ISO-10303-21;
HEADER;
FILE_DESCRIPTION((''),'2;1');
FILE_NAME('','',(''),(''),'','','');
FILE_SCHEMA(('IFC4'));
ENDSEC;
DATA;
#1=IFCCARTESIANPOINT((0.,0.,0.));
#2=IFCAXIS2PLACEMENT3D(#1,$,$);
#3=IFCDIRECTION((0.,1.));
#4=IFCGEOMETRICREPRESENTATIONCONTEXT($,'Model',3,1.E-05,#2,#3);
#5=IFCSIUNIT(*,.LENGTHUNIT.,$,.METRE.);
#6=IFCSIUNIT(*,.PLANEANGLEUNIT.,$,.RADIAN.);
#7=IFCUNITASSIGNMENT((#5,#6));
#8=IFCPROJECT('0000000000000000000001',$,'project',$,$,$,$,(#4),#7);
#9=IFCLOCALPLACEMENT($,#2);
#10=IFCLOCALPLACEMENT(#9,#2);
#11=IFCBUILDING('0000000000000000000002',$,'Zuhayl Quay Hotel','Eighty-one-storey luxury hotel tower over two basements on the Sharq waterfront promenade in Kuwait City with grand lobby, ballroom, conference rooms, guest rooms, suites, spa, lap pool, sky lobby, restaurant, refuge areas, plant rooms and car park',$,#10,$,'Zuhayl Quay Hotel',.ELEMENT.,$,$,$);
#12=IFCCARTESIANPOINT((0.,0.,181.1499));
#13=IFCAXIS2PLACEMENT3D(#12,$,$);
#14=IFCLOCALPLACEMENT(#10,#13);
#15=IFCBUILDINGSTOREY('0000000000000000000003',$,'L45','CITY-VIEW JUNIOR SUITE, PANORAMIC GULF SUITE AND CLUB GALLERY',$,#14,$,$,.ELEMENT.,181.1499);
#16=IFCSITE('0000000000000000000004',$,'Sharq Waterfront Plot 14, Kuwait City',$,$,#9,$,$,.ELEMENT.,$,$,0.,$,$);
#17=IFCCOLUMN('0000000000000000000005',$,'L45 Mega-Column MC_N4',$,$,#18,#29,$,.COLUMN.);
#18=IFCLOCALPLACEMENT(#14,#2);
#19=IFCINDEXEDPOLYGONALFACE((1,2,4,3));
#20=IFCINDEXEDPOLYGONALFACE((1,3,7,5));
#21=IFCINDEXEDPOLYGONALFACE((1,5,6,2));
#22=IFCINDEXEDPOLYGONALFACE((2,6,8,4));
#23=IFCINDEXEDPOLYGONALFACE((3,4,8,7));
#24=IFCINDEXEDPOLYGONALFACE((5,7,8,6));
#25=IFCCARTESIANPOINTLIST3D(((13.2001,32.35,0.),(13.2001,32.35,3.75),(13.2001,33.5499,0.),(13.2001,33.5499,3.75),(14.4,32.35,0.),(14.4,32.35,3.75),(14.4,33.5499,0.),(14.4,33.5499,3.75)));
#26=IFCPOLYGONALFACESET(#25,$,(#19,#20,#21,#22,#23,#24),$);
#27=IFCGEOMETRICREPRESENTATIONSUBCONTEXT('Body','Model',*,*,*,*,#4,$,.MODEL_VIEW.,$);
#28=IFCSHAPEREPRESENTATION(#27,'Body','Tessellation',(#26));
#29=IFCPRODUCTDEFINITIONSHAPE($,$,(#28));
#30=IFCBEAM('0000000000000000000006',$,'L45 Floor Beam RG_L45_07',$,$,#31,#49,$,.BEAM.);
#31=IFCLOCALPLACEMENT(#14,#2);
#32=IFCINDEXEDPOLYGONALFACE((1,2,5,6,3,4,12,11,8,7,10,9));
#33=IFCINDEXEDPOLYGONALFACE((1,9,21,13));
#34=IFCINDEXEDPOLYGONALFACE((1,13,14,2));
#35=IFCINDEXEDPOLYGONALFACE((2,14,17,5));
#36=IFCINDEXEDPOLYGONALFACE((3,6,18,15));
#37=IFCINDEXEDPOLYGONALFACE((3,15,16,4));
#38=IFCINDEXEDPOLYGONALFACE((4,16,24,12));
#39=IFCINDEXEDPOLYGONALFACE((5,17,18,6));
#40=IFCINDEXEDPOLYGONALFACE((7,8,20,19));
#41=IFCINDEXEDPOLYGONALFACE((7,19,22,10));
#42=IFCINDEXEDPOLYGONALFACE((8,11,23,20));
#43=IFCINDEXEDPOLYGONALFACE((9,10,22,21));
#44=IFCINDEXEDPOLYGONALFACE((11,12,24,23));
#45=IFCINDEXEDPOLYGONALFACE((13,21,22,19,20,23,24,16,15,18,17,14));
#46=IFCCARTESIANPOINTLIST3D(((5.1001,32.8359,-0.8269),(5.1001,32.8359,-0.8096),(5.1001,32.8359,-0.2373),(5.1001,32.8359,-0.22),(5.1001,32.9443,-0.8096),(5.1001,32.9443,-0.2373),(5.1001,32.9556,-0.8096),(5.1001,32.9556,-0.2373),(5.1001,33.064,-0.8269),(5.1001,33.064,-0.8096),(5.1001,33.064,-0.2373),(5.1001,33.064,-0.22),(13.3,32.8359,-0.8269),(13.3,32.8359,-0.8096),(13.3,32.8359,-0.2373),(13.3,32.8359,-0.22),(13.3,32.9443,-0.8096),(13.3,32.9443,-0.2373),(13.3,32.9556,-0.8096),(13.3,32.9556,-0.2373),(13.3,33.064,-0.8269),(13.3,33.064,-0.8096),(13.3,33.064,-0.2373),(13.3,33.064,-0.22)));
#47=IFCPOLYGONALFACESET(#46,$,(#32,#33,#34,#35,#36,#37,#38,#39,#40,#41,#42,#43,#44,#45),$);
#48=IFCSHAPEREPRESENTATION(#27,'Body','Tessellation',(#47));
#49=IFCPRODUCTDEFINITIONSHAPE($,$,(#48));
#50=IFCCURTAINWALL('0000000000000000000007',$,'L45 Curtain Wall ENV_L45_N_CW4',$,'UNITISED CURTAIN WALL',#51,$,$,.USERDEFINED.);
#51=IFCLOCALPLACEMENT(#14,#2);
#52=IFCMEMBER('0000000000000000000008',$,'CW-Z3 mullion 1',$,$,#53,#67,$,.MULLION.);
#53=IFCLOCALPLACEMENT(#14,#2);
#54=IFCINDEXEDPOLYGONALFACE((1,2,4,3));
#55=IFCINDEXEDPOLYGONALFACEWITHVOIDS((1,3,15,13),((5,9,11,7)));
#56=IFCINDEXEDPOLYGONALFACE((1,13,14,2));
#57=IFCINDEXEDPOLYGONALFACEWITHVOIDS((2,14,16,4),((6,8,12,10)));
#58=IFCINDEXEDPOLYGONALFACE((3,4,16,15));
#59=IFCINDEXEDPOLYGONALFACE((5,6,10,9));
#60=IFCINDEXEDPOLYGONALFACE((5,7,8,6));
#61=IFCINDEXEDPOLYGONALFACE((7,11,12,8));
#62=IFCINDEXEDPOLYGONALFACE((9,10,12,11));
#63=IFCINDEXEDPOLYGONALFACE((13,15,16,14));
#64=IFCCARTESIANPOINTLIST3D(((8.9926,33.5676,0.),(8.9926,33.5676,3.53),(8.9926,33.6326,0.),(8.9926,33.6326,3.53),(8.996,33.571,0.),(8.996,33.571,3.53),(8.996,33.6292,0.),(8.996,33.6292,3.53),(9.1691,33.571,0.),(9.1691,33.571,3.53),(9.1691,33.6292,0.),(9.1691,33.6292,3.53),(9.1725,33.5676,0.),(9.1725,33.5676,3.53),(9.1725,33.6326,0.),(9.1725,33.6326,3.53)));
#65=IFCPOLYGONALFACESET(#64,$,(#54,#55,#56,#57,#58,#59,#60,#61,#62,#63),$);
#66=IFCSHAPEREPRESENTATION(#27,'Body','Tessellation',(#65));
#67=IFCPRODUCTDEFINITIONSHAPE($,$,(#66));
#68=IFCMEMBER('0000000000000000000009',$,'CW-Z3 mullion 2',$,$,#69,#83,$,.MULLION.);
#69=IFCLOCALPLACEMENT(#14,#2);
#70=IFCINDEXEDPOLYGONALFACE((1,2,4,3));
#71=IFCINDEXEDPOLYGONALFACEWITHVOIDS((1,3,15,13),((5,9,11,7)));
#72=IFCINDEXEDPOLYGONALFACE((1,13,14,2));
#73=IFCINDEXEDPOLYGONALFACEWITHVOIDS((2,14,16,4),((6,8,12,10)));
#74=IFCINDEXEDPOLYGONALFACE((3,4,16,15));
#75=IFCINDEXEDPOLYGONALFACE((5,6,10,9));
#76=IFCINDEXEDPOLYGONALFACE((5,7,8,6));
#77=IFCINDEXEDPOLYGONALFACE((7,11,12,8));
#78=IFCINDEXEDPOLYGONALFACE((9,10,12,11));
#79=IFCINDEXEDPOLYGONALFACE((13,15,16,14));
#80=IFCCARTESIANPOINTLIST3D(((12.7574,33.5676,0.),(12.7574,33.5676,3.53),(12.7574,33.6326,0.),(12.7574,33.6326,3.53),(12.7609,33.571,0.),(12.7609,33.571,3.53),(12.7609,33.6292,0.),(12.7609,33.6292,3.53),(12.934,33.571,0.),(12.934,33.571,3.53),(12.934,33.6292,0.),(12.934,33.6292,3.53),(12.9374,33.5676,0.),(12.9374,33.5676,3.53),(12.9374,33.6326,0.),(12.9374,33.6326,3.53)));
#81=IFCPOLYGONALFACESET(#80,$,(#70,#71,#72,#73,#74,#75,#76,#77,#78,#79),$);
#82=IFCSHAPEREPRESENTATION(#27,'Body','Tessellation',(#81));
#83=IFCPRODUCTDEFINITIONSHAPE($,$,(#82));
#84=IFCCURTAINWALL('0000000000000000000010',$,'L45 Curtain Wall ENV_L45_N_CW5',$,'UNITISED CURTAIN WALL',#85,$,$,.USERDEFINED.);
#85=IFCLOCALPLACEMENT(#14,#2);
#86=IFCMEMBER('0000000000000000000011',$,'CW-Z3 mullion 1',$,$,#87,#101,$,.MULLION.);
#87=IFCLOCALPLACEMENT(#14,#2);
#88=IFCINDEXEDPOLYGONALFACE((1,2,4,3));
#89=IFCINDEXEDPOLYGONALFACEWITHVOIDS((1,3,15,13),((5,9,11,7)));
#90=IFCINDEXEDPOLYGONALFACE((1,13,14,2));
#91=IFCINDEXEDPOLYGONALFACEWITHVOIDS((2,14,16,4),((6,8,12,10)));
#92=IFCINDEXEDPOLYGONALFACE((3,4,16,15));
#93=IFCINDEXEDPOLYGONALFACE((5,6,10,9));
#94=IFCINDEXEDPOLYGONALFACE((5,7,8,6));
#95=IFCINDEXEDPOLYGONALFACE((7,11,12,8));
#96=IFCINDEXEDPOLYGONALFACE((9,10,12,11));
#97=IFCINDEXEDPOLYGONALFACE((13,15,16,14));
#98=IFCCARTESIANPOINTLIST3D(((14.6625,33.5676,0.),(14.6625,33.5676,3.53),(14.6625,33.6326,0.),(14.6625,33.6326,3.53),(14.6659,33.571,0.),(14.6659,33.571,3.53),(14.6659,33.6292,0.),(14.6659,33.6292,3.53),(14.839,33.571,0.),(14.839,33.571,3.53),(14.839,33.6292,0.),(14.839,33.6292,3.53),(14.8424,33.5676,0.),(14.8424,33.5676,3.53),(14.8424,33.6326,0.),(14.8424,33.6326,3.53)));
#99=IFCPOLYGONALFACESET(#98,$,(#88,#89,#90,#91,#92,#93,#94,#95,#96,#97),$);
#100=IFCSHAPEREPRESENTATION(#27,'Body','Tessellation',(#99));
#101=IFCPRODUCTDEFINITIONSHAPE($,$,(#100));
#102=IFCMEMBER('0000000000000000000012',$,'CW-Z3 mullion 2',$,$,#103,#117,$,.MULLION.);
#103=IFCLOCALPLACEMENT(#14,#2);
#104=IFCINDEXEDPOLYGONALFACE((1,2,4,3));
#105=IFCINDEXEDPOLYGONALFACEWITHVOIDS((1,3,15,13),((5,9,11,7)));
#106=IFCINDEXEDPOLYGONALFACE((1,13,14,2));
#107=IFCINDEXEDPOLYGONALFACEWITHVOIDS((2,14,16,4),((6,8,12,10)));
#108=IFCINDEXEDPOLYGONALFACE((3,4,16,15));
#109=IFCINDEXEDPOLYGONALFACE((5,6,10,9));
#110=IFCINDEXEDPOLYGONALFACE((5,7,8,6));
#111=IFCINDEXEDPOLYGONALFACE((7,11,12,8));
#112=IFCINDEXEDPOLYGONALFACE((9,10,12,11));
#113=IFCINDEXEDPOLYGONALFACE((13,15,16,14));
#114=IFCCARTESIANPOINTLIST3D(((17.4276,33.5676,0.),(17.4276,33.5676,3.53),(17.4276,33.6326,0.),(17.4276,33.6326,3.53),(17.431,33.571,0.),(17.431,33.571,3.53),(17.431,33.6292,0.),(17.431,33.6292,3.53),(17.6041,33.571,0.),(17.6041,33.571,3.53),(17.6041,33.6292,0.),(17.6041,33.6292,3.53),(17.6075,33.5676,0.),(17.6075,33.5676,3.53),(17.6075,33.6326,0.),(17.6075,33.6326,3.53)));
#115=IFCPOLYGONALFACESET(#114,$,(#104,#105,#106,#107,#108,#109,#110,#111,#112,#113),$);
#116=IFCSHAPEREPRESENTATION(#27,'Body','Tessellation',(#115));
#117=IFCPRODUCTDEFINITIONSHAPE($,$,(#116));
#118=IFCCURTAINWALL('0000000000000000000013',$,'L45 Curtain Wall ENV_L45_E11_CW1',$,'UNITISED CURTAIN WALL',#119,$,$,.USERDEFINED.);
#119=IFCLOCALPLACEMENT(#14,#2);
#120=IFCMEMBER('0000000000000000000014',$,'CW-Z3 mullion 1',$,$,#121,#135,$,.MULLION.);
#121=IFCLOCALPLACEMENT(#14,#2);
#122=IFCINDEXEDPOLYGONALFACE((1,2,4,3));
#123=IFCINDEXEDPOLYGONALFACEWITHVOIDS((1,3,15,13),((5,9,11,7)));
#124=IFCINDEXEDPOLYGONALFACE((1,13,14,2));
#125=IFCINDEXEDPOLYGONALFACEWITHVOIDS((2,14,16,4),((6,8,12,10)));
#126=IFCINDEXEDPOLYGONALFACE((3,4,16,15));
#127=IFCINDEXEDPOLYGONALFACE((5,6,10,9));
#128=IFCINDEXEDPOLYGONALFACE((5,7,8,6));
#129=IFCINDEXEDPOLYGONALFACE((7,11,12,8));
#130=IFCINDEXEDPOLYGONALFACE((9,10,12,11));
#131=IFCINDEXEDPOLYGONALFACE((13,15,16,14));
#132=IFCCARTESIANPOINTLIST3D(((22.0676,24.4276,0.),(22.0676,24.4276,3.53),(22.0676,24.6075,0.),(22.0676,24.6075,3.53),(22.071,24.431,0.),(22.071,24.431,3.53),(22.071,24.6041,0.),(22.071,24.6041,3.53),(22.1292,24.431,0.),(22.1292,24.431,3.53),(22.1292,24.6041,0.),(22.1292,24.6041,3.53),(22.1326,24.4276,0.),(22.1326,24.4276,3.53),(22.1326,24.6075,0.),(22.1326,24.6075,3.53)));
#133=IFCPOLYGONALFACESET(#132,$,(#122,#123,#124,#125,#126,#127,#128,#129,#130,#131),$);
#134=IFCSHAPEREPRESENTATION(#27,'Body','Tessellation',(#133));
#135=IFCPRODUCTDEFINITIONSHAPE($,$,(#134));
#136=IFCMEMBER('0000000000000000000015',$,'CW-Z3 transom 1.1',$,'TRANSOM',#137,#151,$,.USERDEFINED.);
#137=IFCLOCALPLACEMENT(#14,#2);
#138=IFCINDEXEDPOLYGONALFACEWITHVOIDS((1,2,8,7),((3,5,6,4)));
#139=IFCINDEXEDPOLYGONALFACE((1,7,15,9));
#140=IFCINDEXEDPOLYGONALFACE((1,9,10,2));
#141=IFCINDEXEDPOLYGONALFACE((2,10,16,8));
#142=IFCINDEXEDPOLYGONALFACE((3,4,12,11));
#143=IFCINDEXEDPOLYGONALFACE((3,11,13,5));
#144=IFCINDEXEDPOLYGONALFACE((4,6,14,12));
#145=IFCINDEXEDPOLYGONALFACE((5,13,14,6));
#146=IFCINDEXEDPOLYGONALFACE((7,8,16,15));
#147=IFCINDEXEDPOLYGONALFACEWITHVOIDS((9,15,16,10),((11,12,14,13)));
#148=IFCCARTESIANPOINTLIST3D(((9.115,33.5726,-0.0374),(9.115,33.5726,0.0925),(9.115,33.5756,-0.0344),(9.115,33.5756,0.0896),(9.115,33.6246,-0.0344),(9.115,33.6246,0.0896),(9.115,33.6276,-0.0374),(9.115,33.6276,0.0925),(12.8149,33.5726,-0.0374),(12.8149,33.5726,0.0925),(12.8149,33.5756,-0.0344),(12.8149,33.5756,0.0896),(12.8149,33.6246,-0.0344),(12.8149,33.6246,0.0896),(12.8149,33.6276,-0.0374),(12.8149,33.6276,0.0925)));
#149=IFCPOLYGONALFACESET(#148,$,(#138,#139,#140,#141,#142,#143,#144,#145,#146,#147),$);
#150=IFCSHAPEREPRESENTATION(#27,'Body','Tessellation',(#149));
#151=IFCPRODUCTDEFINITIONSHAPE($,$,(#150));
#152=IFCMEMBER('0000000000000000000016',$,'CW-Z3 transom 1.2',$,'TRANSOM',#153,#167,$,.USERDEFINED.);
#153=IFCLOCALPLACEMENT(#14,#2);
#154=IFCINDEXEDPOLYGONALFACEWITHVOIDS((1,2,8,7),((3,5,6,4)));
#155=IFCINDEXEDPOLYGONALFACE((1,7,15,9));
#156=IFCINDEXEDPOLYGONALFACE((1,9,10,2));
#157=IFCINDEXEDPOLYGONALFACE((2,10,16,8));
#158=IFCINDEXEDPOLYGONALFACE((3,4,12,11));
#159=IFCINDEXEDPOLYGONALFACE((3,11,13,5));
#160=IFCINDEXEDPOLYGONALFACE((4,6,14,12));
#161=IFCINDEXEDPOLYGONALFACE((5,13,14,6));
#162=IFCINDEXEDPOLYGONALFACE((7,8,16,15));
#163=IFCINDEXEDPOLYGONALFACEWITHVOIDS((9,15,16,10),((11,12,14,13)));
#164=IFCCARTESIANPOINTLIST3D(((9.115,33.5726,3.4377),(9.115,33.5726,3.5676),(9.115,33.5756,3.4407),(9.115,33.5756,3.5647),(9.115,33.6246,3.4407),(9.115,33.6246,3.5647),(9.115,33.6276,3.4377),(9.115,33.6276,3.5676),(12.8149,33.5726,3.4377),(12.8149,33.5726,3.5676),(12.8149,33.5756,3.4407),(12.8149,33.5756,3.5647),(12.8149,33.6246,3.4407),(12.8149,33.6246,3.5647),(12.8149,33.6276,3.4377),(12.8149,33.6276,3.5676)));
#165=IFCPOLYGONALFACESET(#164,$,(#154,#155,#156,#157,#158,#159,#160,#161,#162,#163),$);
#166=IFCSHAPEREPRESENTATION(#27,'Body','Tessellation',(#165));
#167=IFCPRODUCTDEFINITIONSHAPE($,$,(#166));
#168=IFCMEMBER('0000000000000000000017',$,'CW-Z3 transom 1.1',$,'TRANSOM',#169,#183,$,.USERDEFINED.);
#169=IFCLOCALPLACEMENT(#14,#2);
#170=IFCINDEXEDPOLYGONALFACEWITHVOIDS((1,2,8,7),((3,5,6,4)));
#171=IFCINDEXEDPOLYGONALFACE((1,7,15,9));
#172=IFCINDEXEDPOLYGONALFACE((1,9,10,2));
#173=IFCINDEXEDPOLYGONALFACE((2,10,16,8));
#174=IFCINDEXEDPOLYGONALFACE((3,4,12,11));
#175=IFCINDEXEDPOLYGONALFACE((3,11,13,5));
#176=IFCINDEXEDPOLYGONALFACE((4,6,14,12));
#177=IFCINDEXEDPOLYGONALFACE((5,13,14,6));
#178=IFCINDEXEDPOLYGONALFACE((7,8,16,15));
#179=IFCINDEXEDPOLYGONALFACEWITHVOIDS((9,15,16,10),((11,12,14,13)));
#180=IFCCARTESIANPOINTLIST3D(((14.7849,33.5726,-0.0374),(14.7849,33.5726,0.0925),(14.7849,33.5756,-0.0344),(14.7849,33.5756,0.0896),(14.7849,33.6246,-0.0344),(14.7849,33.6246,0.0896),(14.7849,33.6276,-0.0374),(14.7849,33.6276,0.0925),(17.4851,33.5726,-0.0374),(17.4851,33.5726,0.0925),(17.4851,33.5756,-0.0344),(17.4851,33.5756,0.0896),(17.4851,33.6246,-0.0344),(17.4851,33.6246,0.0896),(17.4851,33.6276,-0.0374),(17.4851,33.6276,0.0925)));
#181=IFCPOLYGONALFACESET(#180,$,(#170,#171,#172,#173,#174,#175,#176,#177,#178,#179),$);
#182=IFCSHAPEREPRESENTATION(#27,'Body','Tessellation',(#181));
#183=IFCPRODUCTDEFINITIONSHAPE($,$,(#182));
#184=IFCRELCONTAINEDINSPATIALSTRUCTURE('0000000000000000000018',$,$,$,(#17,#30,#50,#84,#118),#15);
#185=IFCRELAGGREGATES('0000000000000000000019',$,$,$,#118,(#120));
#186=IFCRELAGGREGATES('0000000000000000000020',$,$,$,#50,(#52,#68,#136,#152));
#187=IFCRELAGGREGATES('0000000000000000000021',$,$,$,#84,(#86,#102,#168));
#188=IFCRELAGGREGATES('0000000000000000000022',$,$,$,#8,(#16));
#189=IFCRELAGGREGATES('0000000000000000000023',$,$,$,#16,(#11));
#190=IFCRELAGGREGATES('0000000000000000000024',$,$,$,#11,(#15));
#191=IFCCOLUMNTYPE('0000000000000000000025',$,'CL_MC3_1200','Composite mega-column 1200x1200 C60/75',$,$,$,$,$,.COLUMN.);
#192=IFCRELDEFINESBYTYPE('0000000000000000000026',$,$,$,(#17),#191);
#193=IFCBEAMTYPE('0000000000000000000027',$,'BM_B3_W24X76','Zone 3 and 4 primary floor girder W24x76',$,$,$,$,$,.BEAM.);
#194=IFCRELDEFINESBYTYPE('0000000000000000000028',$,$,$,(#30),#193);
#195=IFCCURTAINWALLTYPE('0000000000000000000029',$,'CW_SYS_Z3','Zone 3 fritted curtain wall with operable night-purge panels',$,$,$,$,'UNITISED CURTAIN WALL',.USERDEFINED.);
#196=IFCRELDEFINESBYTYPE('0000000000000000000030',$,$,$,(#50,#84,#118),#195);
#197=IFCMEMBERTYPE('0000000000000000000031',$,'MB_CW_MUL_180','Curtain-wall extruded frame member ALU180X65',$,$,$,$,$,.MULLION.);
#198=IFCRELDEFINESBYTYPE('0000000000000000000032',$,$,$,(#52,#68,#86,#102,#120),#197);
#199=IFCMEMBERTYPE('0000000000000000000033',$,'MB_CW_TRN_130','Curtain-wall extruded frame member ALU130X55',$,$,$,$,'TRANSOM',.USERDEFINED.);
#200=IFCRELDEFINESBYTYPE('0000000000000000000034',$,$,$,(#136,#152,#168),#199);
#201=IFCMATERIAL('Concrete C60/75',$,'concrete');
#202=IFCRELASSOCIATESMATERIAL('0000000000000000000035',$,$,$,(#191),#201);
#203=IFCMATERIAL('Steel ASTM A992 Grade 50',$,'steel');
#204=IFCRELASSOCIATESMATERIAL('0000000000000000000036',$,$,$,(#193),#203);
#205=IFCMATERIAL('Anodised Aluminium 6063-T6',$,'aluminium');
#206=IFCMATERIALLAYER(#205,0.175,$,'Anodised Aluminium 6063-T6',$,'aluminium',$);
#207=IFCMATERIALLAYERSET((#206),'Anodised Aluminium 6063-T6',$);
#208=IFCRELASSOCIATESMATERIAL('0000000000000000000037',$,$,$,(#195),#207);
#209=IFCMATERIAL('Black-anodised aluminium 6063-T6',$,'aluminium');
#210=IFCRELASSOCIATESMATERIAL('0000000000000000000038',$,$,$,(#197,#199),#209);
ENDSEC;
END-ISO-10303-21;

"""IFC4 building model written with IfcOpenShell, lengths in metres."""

from ifc_helpers import new_model, si_unit, direction, frame, origin, origin_2d, place, context, subcontext, project, spatial, rectangle, hollow_rectangle, i_section, extrude, material, layer, layer_set, material_profile, profile_set, type_object, element, aggregate, save


model = new_model("IFC4")

# Units and contexts
model_context = context("Model", 3, precision=1e-05, world=origin(), true_north=direction((0.0, 1.0)))
body_context = subcontext(model_context, "Body", "Model", "MODEL_VIEW")
ifc_project = project(units=[si_unit("LENGTHUNIT", "METRE"), si_unit("PLANEANGLEUNIT", "RADIAN")], contexts=[model_context])

# Site, building, storey
site_placement = place(None, origin())
site = spatial("IfcSite", under=ifc_project, at=site_placement, Name="Sharq Waterfront Plot 14, Kuwait City", CompositionType="ELEMENT", RefElevation=0.0)
building_placement = place(site_placement, origin())
building = spatial("IfcBuilding", under=site, at=building_placement, Name="Zuhayl Quay Hotel", Description="Eighty-one-storey luxury hotel tower over two basements on the Sharq waterfront promenade in Kuwait City with grand lobby, ballroom, conference rooms, guest rooms, suites, spa, lap pool, sky lobby, restaurant, refuge areas, plant rooms and car park", LongName="Zuhayl Quay Hotel", CompositionType="ELEMENT")
storey_placement = place(building_placement, frame((0.0, 0.0, 181.1499)))
storey = spatial("IfcBuildingStorey", under=building, at=storey_placement, Name="L45", Description="CITY-VIEW JUNIOR SUITE, PANORAMIC GULF SUITE AND CLUB GALLERY", CompositionType="ELEMENT", Elevation=181.1499)

# Column
ifc_material_1 = material(Name="Concrete C60/75", Category="concrete")
ifc_material_profile_1 = material_profile(ifc_material_1, rectangle(XDim=1.2, YDim=1.2, at=origin_2d()), Name="RC1200X1200")
ifc_profile_set_1 = profile_set([ifc_material_profile_1], Name="Concrete C60/75")
column_type = type_object("IfcColumnType", Name="CL_MC3_1200", Description="Composite mega-column 1200x1200 C60/75", PredefinedType="COLUMN", material=ifc_profile_set_1)
column_placement = place(storey_placement, frame((13.8, 32.95, 0.0), z_axis=(0.0, 0.0, 1.0), x_axis=(1.0, 0.0, 0.0)))
element("IfcColumn", 1, at=column_placement, inside=storey, type_object=column_type, Name="L45 Mega-Column MC_N4", PredefinedType="COLUMN", context=body_context, shape_type="SweptSolid", body=[
    extrude(rectangle(XDim=1.2, YDim=1.2, at=origin_2d()), origin(), (0.0, 0.0, 1.0), 3.75),
])

# Beam
ifc_material_2 = material(Name="Steel ASTM A992 Grade 50", Category="steel")
ifc_material_profile_2 = material_profile(ifc_material_2, i_section(OverallWidth=0.228, OverallDepth=0.6069, WebThickness=0.0112, FlangeThickness=0.0173, at=origin_2d()), Name="W24X76")
ifc_profile_set_2 = profile_set([ifc_material_profile_2], Name="Steel ASTM A992 Grade 50")
beam_type = type_object("IfcBeamType", Name="BM_B3_W24X76", Description="Zone 3 and 4 primary floor girder W24x76", PredefinedType="BEAM", material=ifc_profile_set_2)
beam_placement = place(storey_placement, frame((13.3, 32.95, -0.5234), z_axis=(-1.0, 0.0, 0.0), x_axis=(0.0, -1.0, 0.0)))
element("IfcBeam", 2, at=beam_placement, inside=storey, type_object=beam_type, Name="L45 Floor Beam RG_L45_07", PredefinedType="BEAM", context=body_context, shape_type="SweptSolid", body=[
    extrude(i_section(OverallWidth=0.228, OverallDepth=0.6069, WebThickness=0.0112, FlangeThickness=0.0173, at=origin_2d()), origin(), (0.0, 0.0, 1.0), 8.2),
])

# Curtain walls, members
ifc_material_3 = material(Name="Anodised Aluminium 6063-T6", Category="aluminium")
ifc_layer_1 = layer(ifc_material_3, 0.175, Name="Anodised Aluminium 6063-T6", Category="aluminium")
ifc_layer_set_1 = layer_set([ifc_layer_1], Name="Anodised Aluminium 6063-T6")
curtain_wall_type = type_object("IfcCurtainWallType", Name="CW_SYS_Z3", Description="Zone 3 fritted curtain wall with operable night-purge panels", ElementType="UNITISED CURTAIN WALL", PredefinedType="USERDEFINED", material=ifc_layer_set_1)
curtain_wall_1_placement = place(storey_placement, origin())
curtain_wall_1 = element("IfcCurtainWall", 3, at=curtain_wall_1_placement, inside=storey, type_object=curtain_wall_type, Name="L45 Curtain Wall ENV_L45_N_CW4", ObjectType="UNITISED CURTAIN WALL", PredefinedType="USERDEFINED")
ifc_material_4 = material(Name="Black-anodised aluminium 6063-T6", Category="aluminium")
ifc_material_profile_3 = material_profile(ifc_material_4, hollow_rectangle(XDim=0.0649, YDim=0.1799, WallThickness=0.0034, at=origin_2d()), Name="ALU180X65")
ifc_profile_set_3 = profile_set([ifc_material_profile_3], Name="Black-anodised aluminium 6063-T6")
member_type_1 = type_object("IfcMemberType", Name="MB_CW_MUL_180", Description="Curtain-wall extruded frame member ALU180X65", PredefinedType="MULLION", material=ifc_profile_set_3)
member_1_placement = place(storey_placement, frame((9.0825, 33.6001, 0.0), z_axis=(0.0, 0.0, 1.0), x_axis=(0.0, 1.0, 0.0)))
member_1 = element("IfcMember", 4, at=member_1_placement, type_object=member_type_1, Name="CW-Z3 mullion 1", PredefinedType="MULLION", context=body_context, shape_type="SweptSolid", body=[
    extrude(hollow_rectangle(XDim=0.0649, YDim=0.1799, WallThickness=0.0034, at=origin_2d()), origin(), (0.0, 0.0, 1.0), 3.53),
])
member_2_placement = place(storey_placement, frame((12.8474, 33.6001, 0.0), z_axis=(0.0, 0.0, 1.0), x_axis=(0.0, 1.0, 0.0)))
member_2 = element("IfcMember", 5, at=member_2_placement, type_object=member_type_1, Name="CW-Z3 mullion 2", PredefinedType="MULLION", context=body_context, shape_type="SweptSolid", body=[
    extrude(hollow_rectangle(XDim=0.0649, YDim=0.1799, WallThickness=0.0034, at=origin_2d()), origin(), (0.0, 0.0, 1.0), 3.53),
])
curtain_wall_2_placement = place(storey_placement, origin())
curtain_wall_2 = element("IfcCurtainWall", 6, at=curtain_wall_2_placement, inside=storey, type_object=curtain_wall_type, Name="L45 Curtain Wall ENV_L45_N_CW5", ObjectType="UNITISED CURTAIN WALL", PredefinedType="USERDEFINED")
member_3_placement = place(storey_placement, frame((14.7524, 33.6001, 0.0), z_axis=(0.0, 0.0, 1.0), x_axis=(0.0, 1.0, 0.0)))
member_3 = element("IfcMember", 7, at=member_3_placement, type_object=member_type_1, Name="CW-Z3 mullion 1", PredefinedType="MULLION", context=body_context, shape_type="SweptSolid", body=[
    extrude(hollow_rectangle(XDim=0.0649, YDim=0.1799, WallThickness=0.0034, at=origin_2d()), origin(), (0.0, 0.0, 1.0), 3.53),
])
member_4_placement = place(storey_placement, frame((17.5176, 33.6001, 0.0), z_axis=(0.0, 0.0, 1.0), x_axis=(0.0, 1.0, 0.0)))
member_4 = element("IfcMember", 8, at=member_4_placement, type_object=member_type_1, Name="CW-Z3 mullion 2", PredefinedType="MULLION", context=body_context, shape_type="SweptSolid", body=[
    extrude(hollow_rectangle(XDim=0.0649, YDim=0.1799, WallThickness=0.0034, at=origin_2d()), origin(), (0.0, 0.0, 1.0), 3.53),
])

# Curtain wall, member
curtain_wall_3_placement = place(storey_placement, origin())
curtain_wall_3 = element("IfcCurtainWall", 9, at=curtain_wall_3_placement, inside=storey, type_object=curtain_wall_type, Name="L45 Curtain Wall ENV_L45_E11_CW1", ObjectType="UNITISED CURTAIN WALL", PredefinedType="USERDEFINED")
member_5_placement = place(storey_placement, frame((22.1001, 24.5176, 0.0), z_axis=(0.0, 0.0, 1.0), x_axis=(1.0, 0.0, 0.0)))
member_5 = element("IfcMember", 10, at=member_5_placement, type_object=member_type_1, Name="CW-Z3 mullion 1", PredefinedType="MULLION", context=body_context, shape_type="SweptSolid", body=[
    extrude(hollow_rectangle(XDim=0.0649, YDim=0.1799, WallThickness=0.0034, at=origin_2d()), origin(), (0.0, 0.0, 1.0), 3.53),
])

# Members
ifc_material_profile_4 = material_profile(ifc_material_4, hollow_rectangle(XDim=0.0549, YDim=0.1299, WallThickness=0.0029, at=origin_2d()), Name="ALU130X55")
ifc_profile_set_4 = profile_set([ifc_material_profile_4], Name="Black-anodised aluminium 6063-T6")
member_type_2 = type_object("IfcMemberType", Name="MB_CW_TRN_130", Description="Curtain-wall extruded frame member ALU130X55", ElementType="TRANSOM", PredefinedType="USERDEFINED", material=ifc_profile_set_4)
member_6_placement = place(storey_placement, frame((9.115, 33.6001, 0.0276), z_axis=(1.0, 0.0, 0.0), x_axis=(0.0, 1.0, 0.0)))
member_6 = element("IfcMember", 11, at=member_6_placement, type_object=member_type_2, Name="CW-Z3 transom 1.1", ObjectType="TRANSOM", PredefinedType="USERDEFINED", context=body_context, shape_type="SweptSolid", body=[
    extrude(hollow_rectangle(XDim=0.0549, YDim=0.1299, WallThickness=0.0029, at=origin_2d()), origin(), (0.0, 0.0, 1.0), 3.7),
])
member_7_placement = place(storey_placement, frame((9.115, 33.6001, 3.5027), z_axis=(1.0, 0.0, 0.0), x_axis=(0.0, 1.0, 0.0)))
member_7 = element("IfcMember", 12, at=member_7_placement, type_object=member_type_2, Name="CW-Z3 transom 1.2", ObjectType="TRANSOM", PredefinedType="USERDEFINED", context=body_context, shape_type="SweptSolid", body=[
    extrude(hollow_rectangle(XDim=0.0549, YDim=0.1299, WallThickness=0.0029, at=origin_2d()), origin(), (0.0, 0.0, 1.0), 3.7),
])
member_8_placement = place(storey_placement, frame((14.7849, 33.6001, 0.0276), z_axis=(1.0, 0.0, 0.0), x_axis=(0.0, 1.0, 0.0)))
member_8 = element("IfcMember", 13, at=member_8_placement, type_object=member_type_2, Name="CW-Z3 transom 1.1", ObjectType="TRANSOM", PredefinedType="USERDEFINED", context=body_context, shape_type="SweptSolid", body=[
    extrude(hollow_rectangle(XDim=0.0549, YDim=0.1299, WallThickness=0.0029, at=origin_2d()), origin(), (0.0, 0.0, 1.0), 2.7002),
])
aggregate(curtain_wall_3, [member_5])

aggregate(curtain_wall_1, [member_1, member_2, member_6, member_7])
aggregate(curtain_wall_2, [member_3, member_4, member_8])

save(model, "model.ifc")
